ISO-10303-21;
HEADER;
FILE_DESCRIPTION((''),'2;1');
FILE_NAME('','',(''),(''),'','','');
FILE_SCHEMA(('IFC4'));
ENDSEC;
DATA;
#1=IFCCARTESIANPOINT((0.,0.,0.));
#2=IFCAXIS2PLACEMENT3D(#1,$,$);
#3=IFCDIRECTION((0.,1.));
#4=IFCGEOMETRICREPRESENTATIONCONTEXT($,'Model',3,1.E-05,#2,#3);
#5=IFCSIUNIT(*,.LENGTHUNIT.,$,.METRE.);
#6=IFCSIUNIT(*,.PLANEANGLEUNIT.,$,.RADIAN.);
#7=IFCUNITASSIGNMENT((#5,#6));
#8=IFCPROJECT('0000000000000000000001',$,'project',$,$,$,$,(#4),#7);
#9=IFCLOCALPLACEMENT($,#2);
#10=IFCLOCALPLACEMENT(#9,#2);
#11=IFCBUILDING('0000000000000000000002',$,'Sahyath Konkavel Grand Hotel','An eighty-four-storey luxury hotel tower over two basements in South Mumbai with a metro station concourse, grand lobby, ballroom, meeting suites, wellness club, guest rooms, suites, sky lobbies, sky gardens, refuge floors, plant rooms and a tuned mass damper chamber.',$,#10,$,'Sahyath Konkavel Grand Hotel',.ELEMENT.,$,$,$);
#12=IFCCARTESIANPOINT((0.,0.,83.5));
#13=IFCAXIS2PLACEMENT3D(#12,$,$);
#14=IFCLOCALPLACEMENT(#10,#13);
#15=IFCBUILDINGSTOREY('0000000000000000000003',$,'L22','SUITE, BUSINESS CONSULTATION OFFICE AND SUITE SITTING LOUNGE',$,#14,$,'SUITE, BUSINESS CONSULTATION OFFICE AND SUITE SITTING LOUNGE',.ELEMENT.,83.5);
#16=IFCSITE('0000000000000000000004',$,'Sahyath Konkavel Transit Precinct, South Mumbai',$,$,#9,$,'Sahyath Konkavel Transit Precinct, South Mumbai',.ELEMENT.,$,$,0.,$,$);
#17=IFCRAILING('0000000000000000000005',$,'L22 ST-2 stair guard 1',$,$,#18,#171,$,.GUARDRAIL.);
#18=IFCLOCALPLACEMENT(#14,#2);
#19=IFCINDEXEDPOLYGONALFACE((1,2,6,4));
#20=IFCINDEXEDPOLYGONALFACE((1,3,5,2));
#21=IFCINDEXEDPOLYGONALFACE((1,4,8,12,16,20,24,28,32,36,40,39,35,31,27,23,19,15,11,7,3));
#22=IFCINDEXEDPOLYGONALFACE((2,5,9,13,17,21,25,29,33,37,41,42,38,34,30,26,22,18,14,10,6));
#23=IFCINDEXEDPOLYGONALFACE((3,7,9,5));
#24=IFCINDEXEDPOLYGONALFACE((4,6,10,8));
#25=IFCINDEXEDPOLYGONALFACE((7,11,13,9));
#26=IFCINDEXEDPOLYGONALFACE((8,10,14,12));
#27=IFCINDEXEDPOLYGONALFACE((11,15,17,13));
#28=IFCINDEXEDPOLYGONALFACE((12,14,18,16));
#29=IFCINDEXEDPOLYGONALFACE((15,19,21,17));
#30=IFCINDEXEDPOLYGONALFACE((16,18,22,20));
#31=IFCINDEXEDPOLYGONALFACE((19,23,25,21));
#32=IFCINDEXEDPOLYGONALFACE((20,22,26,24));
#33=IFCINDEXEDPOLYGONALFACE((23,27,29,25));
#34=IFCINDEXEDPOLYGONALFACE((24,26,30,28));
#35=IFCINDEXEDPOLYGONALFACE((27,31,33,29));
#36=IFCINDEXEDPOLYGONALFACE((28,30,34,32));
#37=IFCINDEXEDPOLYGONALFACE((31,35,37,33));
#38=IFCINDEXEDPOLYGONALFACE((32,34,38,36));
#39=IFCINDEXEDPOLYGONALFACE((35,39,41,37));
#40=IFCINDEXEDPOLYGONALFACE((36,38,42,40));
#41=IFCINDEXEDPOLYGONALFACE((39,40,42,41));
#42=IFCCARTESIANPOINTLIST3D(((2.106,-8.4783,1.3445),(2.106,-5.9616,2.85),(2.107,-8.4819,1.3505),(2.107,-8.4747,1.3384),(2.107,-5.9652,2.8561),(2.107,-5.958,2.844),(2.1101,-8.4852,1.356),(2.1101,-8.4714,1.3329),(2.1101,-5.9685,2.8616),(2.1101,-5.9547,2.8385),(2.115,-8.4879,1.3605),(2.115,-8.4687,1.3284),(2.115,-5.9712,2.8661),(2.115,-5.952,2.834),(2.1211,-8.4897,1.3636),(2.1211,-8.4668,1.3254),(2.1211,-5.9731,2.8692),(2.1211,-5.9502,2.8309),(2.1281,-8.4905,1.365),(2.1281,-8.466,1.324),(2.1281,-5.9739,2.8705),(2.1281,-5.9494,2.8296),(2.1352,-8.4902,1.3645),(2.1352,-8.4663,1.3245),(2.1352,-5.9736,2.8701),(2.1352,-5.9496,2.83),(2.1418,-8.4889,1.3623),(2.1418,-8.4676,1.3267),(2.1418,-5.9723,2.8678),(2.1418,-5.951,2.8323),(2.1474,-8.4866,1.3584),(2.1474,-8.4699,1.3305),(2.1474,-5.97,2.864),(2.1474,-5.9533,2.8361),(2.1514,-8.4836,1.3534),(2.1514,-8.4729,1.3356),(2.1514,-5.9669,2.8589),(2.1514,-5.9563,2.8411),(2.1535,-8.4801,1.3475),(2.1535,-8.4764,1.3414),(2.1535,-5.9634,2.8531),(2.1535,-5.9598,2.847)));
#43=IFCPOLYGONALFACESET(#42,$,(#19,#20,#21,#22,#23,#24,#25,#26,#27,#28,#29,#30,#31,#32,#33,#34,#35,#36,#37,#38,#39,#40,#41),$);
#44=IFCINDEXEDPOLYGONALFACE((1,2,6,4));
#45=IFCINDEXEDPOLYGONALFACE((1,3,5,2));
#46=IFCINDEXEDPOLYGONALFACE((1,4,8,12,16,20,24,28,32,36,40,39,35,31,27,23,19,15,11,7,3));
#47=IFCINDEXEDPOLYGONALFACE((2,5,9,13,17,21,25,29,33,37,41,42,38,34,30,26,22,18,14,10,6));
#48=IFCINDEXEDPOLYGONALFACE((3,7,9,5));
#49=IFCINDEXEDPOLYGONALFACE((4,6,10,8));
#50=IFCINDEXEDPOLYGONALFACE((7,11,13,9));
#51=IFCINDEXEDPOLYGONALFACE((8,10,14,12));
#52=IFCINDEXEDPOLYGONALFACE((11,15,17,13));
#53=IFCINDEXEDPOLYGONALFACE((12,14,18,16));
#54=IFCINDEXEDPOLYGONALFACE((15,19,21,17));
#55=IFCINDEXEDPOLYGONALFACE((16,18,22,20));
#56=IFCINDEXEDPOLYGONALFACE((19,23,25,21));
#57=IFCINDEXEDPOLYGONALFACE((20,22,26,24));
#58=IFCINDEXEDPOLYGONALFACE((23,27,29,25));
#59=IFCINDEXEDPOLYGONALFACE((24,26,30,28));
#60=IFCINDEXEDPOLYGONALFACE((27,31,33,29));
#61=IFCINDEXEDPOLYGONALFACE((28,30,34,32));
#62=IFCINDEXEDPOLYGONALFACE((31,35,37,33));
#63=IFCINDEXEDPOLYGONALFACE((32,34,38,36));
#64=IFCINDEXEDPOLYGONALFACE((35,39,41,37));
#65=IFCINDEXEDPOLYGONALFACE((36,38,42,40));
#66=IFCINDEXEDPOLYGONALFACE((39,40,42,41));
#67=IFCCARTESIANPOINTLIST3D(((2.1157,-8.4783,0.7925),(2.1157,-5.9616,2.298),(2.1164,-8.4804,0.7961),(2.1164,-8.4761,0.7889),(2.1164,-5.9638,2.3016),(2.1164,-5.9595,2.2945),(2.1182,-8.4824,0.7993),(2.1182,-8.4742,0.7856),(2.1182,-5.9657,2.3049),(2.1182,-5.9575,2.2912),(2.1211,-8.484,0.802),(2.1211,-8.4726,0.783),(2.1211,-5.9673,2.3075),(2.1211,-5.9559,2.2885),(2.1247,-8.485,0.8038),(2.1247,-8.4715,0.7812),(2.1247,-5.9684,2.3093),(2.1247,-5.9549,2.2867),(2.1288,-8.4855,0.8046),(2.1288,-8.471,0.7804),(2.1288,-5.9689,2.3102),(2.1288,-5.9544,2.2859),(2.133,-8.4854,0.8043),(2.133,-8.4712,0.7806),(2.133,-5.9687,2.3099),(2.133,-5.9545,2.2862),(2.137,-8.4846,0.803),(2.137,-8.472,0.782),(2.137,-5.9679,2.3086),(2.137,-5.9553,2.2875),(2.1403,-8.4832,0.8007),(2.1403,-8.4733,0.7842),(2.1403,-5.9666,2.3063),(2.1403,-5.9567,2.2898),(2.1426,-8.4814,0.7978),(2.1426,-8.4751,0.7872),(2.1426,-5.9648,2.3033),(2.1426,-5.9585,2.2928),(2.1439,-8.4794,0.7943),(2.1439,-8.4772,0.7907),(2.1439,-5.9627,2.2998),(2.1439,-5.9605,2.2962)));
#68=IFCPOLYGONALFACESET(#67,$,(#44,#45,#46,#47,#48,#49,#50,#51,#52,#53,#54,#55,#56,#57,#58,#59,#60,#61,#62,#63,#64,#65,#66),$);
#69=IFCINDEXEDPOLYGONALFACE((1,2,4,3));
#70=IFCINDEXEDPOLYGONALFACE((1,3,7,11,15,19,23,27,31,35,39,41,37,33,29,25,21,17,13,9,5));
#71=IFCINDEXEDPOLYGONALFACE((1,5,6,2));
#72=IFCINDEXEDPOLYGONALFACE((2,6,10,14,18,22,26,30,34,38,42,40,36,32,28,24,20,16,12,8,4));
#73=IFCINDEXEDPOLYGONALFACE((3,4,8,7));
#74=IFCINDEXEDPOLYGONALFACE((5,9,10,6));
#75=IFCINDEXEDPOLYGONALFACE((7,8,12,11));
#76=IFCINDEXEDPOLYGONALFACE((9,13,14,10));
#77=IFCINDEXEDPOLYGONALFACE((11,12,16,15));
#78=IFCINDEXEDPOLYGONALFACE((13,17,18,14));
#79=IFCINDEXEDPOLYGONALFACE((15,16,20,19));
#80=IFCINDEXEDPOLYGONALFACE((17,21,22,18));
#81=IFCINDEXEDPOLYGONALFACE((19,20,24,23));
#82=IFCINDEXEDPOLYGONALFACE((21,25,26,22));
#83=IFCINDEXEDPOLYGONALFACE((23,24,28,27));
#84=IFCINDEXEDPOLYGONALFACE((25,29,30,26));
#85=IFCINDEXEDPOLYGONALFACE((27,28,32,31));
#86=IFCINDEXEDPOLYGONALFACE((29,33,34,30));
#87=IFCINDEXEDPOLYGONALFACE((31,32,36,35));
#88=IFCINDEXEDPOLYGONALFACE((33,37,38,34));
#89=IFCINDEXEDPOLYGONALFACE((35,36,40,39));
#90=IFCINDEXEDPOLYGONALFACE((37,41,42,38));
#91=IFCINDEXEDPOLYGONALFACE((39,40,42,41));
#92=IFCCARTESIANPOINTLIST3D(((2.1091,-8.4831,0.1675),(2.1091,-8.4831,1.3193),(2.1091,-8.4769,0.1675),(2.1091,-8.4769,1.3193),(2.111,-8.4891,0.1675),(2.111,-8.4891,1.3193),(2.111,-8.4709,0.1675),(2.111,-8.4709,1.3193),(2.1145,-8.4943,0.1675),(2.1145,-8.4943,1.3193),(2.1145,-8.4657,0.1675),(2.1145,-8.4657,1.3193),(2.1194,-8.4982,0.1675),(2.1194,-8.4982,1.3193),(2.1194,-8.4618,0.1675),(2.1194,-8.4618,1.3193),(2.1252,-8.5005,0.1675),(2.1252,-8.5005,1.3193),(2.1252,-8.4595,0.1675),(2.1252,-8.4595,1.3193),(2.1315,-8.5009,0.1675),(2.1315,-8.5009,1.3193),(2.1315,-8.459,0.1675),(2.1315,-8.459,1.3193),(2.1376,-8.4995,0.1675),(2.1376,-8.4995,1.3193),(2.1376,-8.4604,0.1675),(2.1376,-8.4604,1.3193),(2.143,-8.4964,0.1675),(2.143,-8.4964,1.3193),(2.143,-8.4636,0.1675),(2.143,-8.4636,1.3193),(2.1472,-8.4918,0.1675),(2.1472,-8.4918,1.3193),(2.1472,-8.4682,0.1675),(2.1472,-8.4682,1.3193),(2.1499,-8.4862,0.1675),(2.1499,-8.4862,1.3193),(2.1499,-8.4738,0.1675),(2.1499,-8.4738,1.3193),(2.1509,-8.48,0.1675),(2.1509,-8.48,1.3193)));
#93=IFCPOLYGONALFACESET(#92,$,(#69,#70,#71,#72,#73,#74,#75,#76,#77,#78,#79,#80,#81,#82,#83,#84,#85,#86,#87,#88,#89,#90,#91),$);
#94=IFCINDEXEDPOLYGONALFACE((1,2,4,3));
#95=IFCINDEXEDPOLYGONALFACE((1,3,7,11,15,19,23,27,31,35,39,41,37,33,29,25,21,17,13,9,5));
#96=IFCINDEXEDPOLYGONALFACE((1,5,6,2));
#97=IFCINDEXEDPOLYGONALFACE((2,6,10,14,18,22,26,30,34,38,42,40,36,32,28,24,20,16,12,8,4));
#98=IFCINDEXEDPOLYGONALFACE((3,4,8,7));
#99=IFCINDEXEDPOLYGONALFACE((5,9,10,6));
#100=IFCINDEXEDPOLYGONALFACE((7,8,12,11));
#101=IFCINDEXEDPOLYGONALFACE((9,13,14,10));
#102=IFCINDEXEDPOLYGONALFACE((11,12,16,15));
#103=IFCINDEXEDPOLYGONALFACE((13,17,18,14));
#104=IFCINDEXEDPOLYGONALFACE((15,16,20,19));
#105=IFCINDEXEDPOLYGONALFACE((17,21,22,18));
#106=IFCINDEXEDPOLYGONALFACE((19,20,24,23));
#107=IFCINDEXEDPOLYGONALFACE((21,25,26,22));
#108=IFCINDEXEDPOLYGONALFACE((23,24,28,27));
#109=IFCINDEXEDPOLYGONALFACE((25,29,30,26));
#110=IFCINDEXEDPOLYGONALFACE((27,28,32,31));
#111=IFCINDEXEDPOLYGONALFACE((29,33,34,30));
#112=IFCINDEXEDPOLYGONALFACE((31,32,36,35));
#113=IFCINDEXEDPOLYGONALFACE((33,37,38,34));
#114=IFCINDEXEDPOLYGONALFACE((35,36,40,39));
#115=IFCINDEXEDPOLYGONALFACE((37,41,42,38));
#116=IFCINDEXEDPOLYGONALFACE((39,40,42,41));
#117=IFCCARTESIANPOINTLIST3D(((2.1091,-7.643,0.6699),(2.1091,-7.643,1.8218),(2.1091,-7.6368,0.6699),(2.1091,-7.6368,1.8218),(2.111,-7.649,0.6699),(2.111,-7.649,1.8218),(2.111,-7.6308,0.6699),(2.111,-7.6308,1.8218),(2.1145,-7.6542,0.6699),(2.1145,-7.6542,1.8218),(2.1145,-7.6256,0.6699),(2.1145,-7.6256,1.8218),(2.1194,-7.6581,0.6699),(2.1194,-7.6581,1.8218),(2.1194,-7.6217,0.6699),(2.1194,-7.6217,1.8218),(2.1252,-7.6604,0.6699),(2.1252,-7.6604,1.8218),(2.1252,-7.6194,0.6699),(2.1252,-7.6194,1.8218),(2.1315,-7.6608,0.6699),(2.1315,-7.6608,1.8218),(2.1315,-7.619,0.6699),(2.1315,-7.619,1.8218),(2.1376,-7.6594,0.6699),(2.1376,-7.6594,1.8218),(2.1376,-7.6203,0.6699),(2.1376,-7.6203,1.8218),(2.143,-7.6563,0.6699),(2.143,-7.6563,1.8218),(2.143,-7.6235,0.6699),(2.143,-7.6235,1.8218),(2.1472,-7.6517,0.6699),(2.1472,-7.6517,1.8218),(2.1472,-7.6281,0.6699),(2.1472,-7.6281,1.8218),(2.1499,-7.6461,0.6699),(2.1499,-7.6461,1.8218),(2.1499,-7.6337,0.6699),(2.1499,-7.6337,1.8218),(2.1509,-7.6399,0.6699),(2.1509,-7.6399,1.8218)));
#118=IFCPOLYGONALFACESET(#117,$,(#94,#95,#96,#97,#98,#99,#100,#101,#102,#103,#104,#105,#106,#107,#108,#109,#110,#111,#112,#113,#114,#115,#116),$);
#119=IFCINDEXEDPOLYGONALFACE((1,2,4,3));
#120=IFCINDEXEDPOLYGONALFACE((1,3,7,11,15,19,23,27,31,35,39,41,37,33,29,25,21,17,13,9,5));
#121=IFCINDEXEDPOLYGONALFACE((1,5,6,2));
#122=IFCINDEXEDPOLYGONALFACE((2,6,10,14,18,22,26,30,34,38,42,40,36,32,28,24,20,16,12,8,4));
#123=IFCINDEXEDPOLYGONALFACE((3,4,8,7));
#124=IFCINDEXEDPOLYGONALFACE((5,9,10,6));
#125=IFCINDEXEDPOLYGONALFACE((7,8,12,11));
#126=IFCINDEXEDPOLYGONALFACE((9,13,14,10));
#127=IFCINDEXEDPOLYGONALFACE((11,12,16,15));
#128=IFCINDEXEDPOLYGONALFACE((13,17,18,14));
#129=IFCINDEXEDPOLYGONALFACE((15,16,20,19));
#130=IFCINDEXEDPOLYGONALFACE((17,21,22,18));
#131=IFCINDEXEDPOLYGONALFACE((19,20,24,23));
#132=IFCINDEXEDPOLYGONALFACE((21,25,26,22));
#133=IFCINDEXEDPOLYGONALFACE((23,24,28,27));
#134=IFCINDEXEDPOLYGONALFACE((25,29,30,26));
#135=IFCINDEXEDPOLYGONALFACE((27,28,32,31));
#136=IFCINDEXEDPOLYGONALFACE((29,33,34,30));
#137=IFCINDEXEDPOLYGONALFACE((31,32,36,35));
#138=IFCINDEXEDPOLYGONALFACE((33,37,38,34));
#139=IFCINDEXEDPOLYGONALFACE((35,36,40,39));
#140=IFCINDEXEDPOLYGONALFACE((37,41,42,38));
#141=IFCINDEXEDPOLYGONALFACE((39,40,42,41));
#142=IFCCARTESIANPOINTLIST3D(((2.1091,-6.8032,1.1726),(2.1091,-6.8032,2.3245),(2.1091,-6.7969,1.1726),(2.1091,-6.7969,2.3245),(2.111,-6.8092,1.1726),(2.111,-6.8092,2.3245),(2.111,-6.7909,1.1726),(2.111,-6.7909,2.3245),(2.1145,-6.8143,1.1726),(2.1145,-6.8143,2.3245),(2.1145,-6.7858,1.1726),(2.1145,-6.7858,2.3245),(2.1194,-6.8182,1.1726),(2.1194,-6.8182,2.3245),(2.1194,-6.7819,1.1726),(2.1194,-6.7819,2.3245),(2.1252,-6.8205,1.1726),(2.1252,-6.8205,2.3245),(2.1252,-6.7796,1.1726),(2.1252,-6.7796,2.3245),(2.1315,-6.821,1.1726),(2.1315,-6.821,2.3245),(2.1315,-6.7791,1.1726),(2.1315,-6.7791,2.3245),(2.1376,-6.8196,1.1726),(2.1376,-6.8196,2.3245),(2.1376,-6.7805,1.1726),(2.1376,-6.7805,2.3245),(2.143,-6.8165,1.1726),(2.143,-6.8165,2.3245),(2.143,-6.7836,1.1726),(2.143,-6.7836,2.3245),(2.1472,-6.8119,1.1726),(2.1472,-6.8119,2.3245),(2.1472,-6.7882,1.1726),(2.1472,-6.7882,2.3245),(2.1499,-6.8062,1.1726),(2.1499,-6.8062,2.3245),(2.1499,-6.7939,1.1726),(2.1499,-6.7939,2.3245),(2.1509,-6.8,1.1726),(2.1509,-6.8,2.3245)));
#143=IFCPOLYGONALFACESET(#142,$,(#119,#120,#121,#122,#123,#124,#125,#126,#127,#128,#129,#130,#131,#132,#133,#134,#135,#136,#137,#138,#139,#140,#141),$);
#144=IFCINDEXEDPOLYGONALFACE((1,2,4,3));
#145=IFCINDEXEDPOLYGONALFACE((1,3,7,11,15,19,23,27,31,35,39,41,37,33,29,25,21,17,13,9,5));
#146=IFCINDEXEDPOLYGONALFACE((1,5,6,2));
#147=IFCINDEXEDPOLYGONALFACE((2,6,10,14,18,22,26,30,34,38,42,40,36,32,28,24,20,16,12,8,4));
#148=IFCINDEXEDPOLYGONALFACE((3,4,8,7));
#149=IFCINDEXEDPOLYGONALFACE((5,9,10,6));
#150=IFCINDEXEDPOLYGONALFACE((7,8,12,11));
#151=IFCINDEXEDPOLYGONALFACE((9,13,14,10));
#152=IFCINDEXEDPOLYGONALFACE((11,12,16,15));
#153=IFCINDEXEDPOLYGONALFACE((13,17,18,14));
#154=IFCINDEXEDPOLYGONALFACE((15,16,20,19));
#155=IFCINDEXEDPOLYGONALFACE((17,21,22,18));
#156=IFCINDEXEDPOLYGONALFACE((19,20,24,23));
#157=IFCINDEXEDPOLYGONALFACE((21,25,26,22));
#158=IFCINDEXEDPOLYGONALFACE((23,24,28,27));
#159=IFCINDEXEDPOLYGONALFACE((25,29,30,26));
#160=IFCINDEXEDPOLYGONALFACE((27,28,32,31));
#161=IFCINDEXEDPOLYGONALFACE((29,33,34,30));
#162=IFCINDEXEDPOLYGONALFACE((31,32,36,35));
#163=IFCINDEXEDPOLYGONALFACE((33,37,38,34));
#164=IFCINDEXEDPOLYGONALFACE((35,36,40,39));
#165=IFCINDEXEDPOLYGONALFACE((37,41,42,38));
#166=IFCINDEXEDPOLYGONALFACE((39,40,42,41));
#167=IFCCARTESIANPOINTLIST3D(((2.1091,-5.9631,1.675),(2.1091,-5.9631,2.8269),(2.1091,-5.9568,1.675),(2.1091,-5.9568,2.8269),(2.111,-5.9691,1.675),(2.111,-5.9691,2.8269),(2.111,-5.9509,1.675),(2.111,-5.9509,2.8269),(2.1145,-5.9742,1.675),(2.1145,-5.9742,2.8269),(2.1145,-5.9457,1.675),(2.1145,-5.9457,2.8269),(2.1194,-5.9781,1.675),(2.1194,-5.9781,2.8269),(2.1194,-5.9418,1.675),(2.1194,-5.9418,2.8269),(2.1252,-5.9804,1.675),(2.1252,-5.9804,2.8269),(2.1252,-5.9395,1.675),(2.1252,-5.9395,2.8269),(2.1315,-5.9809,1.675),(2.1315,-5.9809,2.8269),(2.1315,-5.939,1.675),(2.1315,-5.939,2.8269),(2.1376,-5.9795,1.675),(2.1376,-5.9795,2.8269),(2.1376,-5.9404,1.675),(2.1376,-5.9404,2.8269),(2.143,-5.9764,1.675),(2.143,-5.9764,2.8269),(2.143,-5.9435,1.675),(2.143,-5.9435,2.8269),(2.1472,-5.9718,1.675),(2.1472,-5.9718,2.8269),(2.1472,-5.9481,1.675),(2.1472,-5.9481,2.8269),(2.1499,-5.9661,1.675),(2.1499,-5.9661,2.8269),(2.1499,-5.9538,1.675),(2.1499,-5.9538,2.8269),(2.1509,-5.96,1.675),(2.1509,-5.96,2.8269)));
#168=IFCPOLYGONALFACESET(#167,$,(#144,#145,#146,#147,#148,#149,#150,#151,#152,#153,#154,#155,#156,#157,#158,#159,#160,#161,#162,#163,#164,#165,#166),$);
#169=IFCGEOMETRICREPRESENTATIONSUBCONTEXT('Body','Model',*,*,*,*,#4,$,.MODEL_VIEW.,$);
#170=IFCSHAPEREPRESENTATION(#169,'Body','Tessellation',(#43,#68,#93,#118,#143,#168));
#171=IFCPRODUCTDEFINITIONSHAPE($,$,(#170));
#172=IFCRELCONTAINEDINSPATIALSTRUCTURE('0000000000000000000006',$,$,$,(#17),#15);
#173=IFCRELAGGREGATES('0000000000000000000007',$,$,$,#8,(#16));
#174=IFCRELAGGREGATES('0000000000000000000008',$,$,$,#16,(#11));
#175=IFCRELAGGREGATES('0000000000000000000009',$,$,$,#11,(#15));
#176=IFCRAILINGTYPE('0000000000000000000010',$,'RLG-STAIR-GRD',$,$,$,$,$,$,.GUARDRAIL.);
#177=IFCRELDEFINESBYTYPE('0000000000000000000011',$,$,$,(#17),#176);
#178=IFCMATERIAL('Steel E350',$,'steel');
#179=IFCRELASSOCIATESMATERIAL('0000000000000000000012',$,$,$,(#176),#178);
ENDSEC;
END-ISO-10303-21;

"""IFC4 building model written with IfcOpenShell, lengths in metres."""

from ifc_helpers import new_model, si_unit, direction, frame, origin, origin_2d, place, context, subcontext, project, spatial, circle, extrude, material, type_object, element, save


model = new_model("IFC4")

# Units and contexts
model_context = context("Model", 3, precision=1e-05, world=origin(), true_north=direction((0.0, 1.0)))
body_context = subcontext(model_context, "Body", "Model", "MODEL_VIEW")
ifc_project = project(units=[si_unit("LENGTHUNIT", "METRE"), si_unit("PLANEANGLEUNIT", "RADIAN")], contexts=[model_context])

# Site, building, storey
site_placement = place(None, origin())
site = spatial("IfcSite", under=ifc_project, at=site_placement, Name="Sahyath Konkavel Transit Precinct, South Mumbai", LongName="Sahyath Konkavel Transit Precinct, South Mumbai", CompositionType="ELEMENT", RefElevation=0.0)
building_placement = place(site_placement, origin())
building = spatial("IfcBuilding", under=site, at=building_placement, Name="Sahyath Konkavel Grand Hotel", Description="An eighty-four-storey luxury hotel tower over two basements in South Mumbai with a metro station concourse, grand lobby, ballroom, meeting suites, wellness club, guest rooms, suites, sky lobbies, sky gardens, refuge floors, plant rooms and a tuned mass damper chamber.", LongName="Sahyath Konkavel Grand Hotel", CompositionType="ELEMENT")
storey_placement = place(building_placement, frame((0.0, 0.0, 83.5)))
storey = spatial("IfcBuildingStorey", under=building, at=storey_placement, Name="L22", Description="SUITE, BUSINESS CONSULTATION OFFICE AND SUITE SITTING LOUNGE", LongName="SUITE, BUSINESS CONSULTATION OFFICE AND SUITE SITTING LOUNGE", CompositionType="ELEMENT", Elevation=83.5)

# Shared definitions
ifc_material_1 = material(Name="Steel E350", Category="steel")

# Railing
railing_type_1 = type_object("IfcRailingType", Name="RLG-STAIR-GRD", PredefinedType="GUARDRAIL", material=ifc_material_1)
railing_1_placement = place(storey_placement, frame((2.1299, -8.48, 0.1675)))
element("IfcRailing", 1, at=railing_1_placement, inside=storey, type_object=railing_type_1, Name="L22 ST-2 stair guard 1", PredefinedType="GUARDRAIL", context=body_context, shape_type="SweptSolid", body=[
    extrude(circle(Radius=0.0239, at=origin_2d()), frame((0.0, 0.0017, 1.177), z_axis=(0.0, 0.85816, 0.513383), x_axis=(-1.0, 0.0, 0.0)), (0.0, 0.0, 1.0), 2.9326),
    extrude(circle(Radius=0.0142, at=origin_2d()), frame((0.0, 0.0017, 0.625), z_axis=(0.0, 0.85816, 0.513383), x_axis=(-1.0, 0.0, 0.0)), (0.0, 0.0, 1.0), 2.9326),
    extrude(circle(Radius=0.021, at=origin_2d()), origin(), (0.0, 0.0, 1.0), 1.1519),
    extrude(circle(Radius=0.021, at=origin_2d()), frame((0.0, 0.8401, 0.5024)), (0.0, 0.0, 1.0), 1.1519),
    extrude(circle(Radius=0.021, at=origin_2d()), frame((0.0, 1.6799, 1.0051)), (0.0, 0.0, 1.0), 1.1519),
    extrude(circle(Radius=0.021, at=origin_2d()), frame((0.0, 2.52, 1.5076)), (0.0, 0.0, 1.0), 1.1519),
])

save(model, "model.ifc")
